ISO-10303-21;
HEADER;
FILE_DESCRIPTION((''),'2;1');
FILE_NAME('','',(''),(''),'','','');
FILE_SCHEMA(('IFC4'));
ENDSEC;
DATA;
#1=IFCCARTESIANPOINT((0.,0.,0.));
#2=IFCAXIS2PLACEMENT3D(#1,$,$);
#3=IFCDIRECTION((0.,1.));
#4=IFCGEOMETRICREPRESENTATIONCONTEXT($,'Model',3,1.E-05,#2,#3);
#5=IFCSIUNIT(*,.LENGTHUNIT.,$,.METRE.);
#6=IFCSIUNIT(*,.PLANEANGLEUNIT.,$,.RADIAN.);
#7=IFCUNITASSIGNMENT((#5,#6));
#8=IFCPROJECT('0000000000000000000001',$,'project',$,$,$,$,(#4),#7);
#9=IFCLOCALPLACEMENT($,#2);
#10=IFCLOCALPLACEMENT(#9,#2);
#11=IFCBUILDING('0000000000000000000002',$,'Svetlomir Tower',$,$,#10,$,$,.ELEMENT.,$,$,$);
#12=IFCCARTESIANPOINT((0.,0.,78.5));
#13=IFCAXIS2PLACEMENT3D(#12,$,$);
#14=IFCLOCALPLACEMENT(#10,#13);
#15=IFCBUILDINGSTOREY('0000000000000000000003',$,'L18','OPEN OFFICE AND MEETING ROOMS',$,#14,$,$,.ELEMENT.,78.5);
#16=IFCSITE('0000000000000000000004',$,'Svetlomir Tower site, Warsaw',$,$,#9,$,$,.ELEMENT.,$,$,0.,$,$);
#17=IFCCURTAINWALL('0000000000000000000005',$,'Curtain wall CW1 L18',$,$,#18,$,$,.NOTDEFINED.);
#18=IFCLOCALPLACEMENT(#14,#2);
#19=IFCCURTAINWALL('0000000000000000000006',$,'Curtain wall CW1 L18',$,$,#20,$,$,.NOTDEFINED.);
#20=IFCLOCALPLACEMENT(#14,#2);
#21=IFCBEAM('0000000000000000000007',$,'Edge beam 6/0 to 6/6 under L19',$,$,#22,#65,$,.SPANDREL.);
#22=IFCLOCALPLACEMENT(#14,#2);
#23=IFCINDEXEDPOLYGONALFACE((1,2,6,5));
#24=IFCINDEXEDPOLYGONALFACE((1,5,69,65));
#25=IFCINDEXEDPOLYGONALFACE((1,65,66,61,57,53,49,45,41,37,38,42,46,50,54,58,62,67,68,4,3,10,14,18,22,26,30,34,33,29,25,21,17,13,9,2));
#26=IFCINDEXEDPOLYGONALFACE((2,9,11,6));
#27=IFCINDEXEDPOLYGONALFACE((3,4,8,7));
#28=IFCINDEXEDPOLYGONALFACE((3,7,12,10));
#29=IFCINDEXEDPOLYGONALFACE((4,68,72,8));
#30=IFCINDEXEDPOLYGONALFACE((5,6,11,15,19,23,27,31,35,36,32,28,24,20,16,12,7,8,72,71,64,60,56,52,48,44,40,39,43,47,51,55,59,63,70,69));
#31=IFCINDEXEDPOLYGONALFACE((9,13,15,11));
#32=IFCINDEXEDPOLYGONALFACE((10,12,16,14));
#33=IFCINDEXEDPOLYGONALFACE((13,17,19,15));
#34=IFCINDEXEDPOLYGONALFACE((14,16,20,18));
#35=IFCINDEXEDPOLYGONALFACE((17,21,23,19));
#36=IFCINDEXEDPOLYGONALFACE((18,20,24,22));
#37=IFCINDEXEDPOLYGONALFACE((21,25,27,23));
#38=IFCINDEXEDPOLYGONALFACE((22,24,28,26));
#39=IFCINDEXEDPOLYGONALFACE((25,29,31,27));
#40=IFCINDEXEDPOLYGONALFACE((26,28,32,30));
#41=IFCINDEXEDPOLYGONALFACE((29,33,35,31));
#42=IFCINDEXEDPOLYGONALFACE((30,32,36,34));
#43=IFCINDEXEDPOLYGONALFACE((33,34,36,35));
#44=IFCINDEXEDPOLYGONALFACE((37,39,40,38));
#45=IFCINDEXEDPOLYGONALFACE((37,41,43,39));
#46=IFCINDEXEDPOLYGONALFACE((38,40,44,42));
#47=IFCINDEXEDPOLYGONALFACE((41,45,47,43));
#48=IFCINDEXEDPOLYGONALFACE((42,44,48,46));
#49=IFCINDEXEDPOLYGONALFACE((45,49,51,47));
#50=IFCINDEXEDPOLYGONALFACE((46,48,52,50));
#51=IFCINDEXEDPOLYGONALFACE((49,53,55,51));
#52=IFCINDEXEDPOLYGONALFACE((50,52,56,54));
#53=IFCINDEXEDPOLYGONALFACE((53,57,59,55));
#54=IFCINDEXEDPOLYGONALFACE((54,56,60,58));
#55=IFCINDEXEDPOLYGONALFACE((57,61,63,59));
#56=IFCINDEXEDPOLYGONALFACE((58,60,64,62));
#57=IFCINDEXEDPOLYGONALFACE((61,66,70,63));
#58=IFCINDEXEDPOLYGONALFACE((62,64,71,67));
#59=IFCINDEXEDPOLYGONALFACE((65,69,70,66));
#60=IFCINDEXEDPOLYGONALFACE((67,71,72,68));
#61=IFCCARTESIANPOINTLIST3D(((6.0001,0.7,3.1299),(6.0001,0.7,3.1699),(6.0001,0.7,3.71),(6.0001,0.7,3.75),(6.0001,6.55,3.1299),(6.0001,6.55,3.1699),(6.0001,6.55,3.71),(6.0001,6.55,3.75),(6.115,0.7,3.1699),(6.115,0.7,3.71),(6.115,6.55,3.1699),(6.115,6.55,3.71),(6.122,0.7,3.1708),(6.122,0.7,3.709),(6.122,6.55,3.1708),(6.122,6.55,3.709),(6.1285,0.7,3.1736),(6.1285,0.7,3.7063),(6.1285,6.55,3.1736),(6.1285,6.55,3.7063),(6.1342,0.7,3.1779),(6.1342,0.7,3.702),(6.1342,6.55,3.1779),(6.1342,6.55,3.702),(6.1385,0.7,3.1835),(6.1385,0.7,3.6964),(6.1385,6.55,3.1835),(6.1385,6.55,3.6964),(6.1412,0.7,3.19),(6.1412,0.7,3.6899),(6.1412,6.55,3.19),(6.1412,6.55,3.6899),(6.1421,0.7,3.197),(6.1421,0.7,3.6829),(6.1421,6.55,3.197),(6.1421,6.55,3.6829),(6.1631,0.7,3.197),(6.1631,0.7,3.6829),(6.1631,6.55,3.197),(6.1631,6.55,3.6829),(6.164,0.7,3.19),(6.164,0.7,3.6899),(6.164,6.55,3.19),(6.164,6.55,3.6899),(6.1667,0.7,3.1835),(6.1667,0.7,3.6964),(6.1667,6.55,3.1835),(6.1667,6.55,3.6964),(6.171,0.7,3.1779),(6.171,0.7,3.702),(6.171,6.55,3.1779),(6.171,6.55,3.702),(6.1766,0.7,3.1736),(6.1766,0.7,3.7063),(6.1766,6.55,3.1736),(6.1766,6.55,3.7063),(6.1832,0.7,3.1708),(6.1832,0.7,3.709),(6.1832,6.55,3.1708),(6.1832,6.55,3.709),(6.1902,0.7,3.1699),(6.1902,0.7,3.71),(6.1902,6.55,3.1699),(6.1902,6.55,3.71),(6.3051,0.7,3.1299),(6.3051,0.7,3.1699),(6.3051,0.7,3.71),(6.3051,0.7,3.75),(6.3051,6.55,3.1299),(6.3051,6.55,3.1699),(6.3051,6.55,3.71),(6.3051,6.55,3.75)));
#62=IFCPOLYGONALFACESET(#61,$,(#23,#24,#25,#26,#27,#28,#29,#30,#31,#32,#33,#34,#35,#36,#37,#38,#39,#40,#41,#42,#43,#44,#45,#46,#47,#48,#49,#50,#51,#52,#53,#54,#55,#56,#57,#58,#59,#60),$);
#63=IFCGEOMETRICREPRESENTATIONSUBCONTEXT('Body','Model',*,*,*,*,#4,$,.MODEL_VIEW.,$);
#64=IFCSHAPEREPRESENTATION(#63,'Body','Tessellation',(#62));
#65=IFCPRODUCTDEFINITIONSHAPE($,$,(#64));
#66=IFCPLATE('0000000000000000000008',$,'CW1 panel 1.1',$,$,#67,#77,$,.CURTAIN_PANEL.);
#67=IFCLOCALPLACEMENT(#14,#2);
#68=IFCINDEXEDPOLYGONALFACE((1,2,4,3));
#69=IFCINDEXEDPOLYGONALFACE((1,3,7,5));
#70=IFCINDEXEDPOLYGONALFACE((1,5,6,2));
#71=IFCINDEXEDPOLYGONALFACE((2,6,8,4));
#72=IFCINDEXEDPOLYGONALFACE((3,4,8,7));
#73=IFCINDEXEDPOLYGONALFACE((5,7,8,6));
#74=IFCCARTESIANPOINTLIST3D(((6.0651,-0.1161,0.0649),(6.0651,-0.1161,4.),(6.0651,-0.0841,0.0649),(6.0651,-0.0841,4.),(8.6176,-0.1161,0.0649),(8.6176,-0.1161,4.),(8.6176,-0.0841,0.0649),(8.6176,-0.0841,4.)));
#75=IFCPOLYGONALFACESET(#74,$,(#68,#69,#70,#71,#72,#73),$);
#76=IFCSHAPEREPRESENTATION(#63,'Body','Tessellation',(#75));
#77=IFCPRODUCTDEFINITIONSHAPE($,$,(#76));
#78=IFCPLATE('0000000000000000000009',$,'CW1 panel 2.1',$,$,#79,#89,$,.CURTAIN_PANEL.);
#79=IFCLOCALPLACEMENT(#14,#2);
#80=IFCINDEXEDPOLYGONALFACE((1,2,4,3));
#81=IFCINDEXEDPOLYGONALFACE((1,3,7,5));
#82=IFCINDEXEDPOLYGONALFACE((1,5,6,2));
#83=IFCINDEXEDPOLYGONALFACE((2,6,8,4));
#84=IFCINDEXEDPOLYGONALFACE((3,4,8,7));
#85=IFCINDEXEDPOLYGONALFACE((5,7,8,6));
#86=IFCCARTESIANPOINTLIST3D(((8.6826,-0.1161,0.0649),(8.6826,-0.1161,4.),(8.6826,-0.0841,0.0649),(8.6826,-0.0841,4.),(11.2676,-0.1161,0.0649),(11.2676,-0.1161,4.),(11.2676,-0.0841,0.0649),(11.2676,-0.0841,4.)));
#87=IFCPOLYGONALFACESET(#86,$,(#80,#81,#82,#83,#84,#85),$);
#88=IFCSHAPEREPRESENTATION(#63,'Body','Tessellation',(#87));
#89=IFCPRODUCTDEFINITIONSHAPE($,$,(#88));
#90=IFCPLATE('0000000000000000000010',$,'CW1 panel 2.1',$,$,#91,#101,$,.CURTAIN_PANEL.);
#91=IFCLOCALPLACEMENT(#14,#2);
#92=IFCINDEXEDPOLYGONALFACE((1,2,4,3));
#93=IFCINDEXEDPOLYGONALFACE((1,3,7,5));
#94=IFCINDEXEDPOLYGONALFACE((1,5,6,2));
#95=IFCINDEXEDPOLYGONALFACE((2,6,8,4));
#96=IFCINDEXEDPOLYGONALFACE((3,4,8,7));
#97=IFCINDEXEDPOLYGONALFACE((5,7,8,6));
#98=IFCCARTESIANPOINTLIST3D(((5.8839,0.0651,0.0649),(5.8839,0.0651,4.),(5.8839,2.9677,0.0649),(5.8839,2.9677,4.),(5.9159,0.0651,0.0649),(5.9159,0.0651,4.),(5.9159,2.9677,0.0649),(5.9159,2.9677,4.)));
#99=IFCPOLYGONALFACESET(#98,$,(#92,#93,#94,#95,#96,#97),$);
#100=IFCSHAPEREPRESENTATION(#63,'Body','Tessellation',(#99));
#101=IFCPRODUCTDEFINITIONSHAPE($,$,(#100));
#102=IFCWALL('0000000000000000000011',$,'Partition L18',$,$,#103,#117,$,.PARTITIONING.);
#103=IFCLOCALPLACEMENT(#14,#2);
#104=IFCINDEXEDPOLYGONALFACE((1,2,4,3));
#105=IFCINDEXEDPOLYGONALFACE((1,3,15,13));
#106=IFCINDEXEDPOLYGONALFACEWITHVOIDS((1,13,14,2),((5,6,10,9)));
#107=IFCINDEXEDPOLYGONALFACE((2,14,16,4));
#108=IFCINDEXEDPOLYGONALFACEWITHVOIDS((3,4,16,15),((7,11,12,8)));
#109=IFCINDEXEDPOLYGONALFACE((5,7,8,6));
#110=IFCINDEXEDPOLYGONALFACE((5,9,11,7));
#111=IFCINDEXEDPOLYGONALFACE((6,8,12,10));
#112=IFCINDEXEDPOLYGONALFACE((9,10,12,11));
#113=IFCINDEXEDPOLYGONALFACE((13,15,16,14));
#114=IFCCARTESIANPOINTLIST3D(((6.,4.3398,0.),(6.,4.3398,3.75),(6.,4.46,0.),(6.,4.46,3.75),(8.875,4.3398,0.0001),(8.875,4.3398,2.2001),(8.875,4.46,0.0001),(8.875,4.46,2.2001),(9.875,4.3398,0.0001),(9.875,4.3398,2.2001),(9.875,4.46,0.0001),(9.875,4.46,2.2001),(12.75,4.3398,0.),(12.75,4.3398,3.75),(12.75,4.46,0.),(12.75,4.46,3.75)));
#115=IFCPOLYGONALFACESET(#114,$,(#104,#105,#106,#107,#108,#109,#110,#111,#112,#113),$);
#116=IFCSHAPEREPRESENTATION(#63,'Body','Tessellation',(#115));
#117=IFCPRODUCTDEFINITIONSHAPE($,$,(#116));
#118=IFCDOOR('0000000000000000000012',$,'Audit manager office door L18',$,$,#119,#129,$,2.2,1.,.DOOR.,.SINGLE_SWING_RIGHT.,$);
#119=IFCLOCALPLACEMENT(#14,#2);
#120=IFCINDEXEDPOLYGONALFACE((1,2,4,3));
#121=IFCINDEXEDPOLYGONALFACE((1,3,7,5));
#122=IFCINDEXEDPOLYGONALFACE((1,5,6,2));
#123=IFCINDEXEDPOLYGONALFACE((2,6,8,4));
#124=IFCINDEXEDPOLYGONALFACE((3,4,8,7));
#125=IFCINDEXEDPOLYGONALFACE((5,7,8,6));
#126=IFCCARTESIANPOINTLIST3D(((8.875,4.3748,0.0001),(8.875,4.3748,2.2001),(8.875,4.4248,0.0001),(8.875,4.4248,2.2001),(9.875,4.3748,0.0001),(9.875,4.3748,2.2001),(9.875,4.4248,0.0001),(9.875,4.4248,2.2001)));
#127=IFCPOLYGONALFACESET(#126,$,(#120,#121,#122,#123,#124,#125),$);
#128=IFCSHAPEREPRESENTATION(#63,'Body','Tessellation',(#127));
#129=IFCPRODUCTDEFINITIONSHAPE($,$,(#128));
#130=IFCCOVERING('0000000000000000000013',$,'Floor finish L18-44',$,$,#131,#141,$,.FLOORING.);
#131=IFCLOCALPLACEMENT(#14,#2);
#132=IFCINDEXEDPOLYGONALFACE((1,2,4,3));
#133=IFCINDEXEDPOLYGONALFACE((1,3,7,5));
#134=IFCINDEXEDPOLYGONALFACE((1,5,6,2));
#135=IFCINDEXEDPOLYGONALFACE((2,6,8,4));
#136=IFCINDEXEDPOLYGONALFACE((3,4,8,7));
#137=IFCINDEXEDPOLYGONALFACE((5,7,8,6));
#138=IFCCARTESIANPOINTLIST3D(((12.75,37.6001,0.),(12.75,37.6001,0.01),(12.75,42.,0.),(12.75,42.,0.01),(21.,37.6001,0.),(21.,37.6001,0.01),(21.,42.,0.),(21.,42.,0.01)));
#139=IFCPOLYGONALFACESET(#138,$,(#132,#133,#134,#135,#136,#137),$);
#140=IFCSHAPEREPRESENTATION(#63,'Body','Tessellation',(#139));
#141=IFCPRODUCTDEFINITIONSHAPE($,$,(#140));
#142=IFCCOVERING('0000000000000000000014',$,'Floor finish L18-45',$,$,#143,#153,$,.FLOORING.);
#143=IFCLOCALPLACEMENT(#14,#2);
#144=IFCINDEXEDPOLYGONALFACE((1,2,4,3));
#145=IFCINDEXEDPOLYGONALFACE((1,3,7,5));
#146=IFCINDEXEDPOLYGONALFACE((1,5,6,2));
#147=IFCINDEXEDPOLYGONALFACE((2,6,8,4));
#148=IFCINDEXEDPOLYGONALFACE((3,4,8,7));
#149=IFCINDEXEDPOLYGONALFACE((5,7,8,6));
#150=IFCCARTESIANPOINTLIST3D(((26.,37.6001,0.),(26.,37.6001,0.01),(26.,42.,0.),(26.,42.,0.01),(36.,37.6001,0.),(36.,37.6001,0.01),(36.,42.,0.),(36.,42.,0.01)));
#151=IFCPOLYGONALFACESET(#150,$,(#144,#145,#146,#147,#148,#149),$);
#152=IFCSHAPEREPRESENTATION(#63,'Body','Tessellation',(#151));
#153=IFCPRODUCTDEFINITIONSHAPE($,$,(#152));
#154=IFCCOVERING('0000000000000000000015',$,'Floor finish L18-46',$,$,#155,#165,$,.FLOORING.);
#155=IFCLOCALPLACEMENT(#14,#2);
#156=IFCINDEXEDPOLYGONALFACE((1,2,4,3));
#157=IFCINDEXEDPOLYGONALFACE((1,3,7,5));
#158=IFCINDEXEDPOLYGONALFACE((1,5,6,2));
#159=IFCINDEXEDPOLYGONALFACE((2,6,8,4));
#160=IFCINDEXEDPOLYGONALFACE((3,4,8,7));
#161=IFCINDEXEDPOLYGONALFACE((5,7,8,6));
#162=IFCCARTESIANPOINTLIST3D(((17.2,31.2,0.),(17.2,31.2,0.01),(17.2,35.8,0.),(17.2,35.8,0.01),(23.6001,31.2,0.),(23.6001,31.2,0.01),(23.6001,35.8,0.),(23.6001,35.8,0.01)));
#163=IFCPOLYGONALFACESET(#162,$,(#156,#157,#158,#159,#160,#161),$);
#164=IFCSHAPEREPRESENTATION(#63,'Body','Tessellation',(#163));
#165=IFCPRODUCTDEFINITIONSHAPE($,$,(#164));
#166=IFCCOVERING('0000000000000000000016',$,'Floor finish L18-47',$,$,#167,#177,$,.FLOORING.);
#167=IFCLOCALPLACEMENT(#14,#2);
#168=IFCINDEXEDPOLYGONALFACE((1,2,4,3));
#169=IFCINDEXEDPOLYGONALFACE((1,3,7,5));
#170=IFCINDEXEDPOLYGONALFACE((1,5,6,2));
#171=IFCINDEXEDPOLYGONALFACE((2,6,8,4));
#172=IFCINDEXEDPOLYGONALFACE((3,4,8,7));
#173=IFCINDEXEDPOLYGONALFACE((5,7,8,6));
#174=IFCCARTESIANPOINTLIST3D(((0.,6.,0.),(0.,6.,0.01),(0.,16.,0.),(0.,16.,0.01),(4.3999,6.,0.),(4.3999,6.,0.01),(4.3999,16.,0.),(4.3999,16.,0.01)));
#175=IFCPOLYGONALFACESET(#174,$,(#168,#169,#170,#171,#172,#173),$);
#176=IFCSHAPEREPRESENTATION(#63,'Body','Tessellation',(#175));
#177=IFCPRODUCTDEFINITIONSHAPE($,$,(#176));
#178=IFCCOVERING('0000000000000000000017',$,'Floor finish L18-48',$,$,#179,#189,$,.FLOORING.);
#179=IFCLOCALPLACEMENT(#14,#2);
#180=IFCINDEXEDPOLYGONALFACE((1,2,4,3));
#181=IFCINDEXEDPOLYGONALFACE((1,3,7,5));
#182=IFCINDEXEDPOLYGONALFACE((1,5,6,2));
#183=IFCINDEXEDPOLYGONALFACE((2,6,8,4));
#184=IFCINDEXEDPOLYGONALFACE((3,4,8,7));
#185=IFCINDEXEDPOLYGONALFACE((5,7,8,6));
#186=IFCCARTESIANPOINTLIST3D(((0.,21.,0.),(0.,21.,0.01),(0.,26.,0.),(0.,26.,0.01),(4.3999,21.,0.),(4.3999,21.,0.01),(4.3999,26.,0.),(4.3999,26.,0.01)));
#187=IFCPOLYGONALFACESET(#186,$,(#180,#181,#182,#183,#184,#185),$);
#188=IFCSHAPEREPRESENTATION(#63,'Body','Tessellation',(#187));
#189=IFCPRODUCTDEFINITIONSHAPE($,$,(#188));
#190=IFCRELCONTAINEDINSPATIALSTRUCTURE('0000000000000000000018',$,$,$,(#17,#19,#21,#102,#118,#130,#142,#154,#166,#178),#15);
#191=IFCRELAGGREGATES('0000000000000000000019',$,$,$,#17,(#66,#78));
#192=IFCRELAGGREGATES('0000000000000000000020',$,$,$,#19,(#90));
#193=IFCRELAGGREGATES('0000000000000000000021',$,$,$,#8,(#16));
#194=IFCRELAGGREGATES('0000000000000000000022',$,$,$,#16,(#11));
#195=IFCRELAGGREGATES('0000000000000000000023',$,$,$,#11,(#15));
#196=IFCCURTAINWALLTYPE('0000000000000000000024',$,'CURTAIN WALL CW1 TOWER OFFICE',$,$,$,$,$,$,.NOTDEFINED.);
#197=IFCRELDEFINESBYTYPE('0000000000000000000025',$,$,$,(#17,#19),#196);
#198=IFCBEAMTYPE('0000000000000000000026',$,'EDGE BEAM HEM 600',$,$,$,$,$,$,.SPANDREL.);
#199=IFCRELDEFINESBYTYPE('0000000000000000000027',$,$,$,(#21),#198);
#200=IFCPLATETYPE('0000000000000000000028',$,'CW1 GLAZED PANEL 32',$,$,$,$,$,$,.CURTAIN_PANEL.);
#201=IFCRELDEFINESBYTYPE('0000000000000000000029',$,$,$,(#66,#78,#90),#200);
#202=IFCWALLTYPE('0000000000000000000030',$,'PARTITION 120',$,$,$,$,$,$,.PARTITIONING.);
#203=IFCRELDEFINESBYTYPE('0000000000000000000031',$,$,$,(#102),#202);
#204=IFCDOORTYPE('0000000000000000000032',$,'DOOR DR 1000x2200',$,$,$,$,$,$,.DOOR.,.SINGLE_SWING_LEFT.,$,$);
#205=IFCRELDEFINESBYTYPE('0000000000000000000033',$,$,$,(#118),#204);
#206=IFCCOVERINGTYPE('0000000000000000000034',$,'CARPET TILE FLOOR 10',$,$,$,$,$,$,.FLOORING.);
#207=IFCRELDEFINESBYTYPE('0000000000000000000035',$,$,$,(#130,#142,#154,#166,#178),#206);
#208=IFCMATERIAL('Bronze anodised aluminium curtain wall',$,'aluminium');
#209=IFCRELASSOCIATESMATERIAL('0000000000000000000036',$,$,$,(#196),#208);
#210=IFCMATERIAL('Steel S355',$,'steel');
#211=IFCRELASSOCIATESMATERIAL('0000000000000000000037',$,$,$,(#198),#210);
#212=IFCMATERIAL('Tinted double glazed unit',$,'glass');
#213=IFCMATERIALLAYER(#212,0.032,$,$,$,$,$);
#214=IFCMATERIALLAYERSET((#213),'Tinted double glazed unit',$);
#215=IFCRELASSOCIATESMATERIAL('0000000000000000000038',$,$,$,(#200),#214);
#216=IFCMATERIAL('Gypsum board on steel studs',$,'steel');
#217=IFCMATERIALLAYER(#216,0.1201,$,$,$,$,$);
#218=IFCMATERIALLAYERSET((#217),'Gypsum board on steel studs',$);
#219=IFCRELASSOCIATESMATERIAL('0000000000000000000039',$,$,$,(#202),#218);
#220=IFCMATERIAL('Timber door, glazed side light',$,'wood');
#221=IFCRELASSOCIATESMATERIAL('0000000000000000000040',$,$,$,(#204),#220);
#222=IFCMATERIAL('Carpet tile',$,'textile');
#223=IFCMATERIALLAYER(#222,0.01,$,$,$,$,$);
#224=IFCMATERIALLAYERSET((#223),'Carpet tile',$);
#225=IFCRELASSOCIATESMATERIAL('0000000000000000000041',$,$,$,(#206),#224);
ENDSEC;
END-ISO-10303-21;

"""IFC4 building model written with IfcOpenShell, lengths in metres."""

from ifc_helpers import new_model, si_unit, direction, frame, frame_2d, origin, origin_2d, place, context, subcontext, project, spatial, polyline, rectangle, i_section, outline, extrude, material, layer, layer_set, material_profile, profile_set, type_object, element, fill, aggregate, save


model = new_model("IFC4")

# Units and contexts
model_context = context("Model", 3, precision=1e-05, world=origin(), true_north=direction((0.0, 1.0)))
body_context = subcontext(model_context, "Body", "Model", "MODEL_VIEW")
ifc_project = project(units=[si_unit("LENGTHUNIT", "METRE"), si_unit("PLANEANGLEUNIT", "RADIAN")], contexts=[model_context])

# Site, building, storey
site_placement = place(None, origin())
site = spatial("IfcSite", under=ifc_project, at=site_placement, Name="Svetlomir Tower site, Warsaw", CompositionType="ELEMENT", RefElevation=0.0)
building_placement = place(site_placement, origin())
building = spatial("IfcBuilding", under=site, at=building_placement, Name="Svetlomir Tower", CompositionType="ELEMENT")
storey_placement = place(building_placement, frame((0.0, 0.0, 78.5)))
storey = spatial("IfcBuildingStorey", under=building, at=storey_placement, Name="L18", Description="OPEN OFFICE AND MEETING ROOMS", CompositionType="ELEMENT", Elevation=78.5)

# Curtain walls
ifc_material_1 = material(Name="Bronze anodised aluminium curtain wall", Category="aluminium")
curtain_wall_type = type_object("IfcCurtainWallType", Name="CURTAIN WALL CW1 TOWER OFFICE", PredefinedType="NOTDEFINED", material=ifc_material_1)
curtain_wall_1_placement = place(storey_placement, origin())
curtain_wall_1 = element("IfcCurtainWall", 1, at=curtain_wall_1_placement, inside=storey, type_object=curtain_wall_type, Name="Curtain wall CW1 L18", PredefinedType="NOTDEFINED")
curtain_wall_2_placement = place(storey_placement, origin())
curtain_wall_2 = element("IfcCurtainWall", 2, at=curtain_wall_2_placement, inside=storey, type_object=curtain_wall_type, Name="Curtain wall CW1 L18", PredefinedType="NOTDEFINED")

# Beam
ifc_material_2 = material(Name="Steel S355", Category="steel")
ifc_material_profile_1 = material_profile(ifc_material_2, i_section(OverallWidth=0.3049, OverallDepth=0.6201, WebThickness=0.021, FlangeThickness=0.04, FilletRadius=0.0271, at=origin_2d()), Name="HEM 600")
ifc_profile_set_1 = profile_set([ifc_material_profile_1], Name="Steel S355")
beam_type = type_object("IfcBeamType", Name="EDGE BEAM HEM 600", PredefinedType="SPANDREL", material=ifc_profile_set_1)
beam_1_placement = place(storey_placement, frame((6.1526, 0.7, 3.4399), z_axis=(0.0, 1.0, 0.0), x_axis=(-1.0, 0.0, 0.0)))
element("IfcBeam", 3, at=beam_1_placement, inside=storey, type_object=beam_type, Name="Edge beam 6/0 to 6/6 under L19", PredefinedType="SPANDREL", context=body_context, shape_type="SweptSolid", body=[
    extrude(i_section(OverallWidth=0.3049, OverallDepth=0.6201, WebThickness=0.021, FlangeThickness=0.04, FilletRadius=0.0271, at=origin_2d()), origin(), (0.0, 0.0, 1.0), 5.8501),
])

# Plates
ifc_material_3 = material(Name="Tinted double glazed unit", Category="glass")
ifc_layer_1 = layer(ifc_material_3, 0.032)
ifc_layer_set_1 = layer_set([ifc_layer_1], Name="Tinted double glazed unit")
plate_type = type_object("IfcPlateType", Name="CW1 GLAZED PANEL 32", PredefinedType="CURTAIN_PANEL", material=ifc_layer_set_1)
plate_1_placement = place(storey_placement, frame((7.3413, -0.1001, 0.0649), z_axis=(0.0, 0.0, 1.0), x_axis=(1.0, 0.0, 0.0)))
plate_1 = element("IfcPlate", 4, at=plate_1_placement, type_object=plate_type, Name="CW1 panel 1.1", PredefinedType="CURTAIN_PANEL", context=body_context, shape_type="SweptSolid", body=[
    extrude(rectangle(XDim=2.5525, YDim=0.032, at=origin_2d()), origin(), (0.0, 0.0, 1.0), 3.9351),
])
plate_2_placement = place(storey_placement, frame((9.9751, -0.1001, 0.0649), z_axis=(0.0, 0.0, 1.0), x_axis=(1.0, 0.0, 0.0)))
plate_2 = element("IfcPlate", 5, at=plate_2_placement, type_object=plate_type, Name="CW1 panel 2.1", PredefinedType="CURTAIN_PANEL", context=body_context, shape_type="SweptSolid", body=[
    extrude(rectangle(XDim=2.585, YDim=0.032, at=origin_2d()), origin(), (0.0, 0.0, 1.0), 3.9351),
])
aggregate(curtain_wall_1, [plate_1, plate_2])
plate_3_placement = place(storey_placement, frame((5.8999, 1.5164, 0.0649), z_axis=(0.0, 0.0, 1.0), x_axis=(0.0, -1.0, 0.0)))
plate_3 = element("IfcPlate", 6, at=plate_3_placement, type_object=plate_type, Name="CW1 panel 2.1", PredefinedType="CURTAIN_PANEL", context=body_context, shape_type="SweptSolid", body=[
    extrude(rectangle(XDim=2.9026, YDim=0.032, at=origin_2d()), origin(), (0.0, 0.0, 1.0), 3.9351),
])
aggregate(curtain_wall_2, [plate_3])

# Wall, opening, door
ifc_material_4 = material(Name="Gypsum board on steel studs", Category="steel")
ifc_layer_2 = layer(ifc_material_4, 0.1201)
ifc_layer_set_2 = layer_set([ifc_layer_2], Name="Gypsum board on steel studs")
wall_type = type_object("IfcWallType", Name="PARTITION 120", PredefinedType="PARTITIONING", material=ifc_layer_set_2)
wall_placement = place(storey_placement, frame((6.0, 4.3999, 0.0), z_axis=(0.0, 0.0, 1.0), x_axis=(1.0, 0.0, 0.0)))
wall = element("IfcWall", 7, at=wall_placement, inside=storey, type_object=wall_type, Name="Partition L18", PredefinedType="PARTITIONING", context=body_context, shape_type="SweptSolid", body=[
    extrude(rectangle(XDim=6.75, YDim=0.1201, at=frame_2d((3.375, 0.0))), origin(), (0.0, 0.0, 1.0), 3.75),
])
opening_placement = place(wall_placement, frame((2.875, 0.0, 0.0)))
opening = element("IfcOpeningElement", 8, at=opening_placement, cuts=wall, PredefinedType="OPENING", context=body_context, shape_type="SweptSolid", body=[
    extrude(rectangle(XDim=1.0, YDim=2.2, at=frame_2d((0.5, 1.1001))), frame((0.0, 0.0701, 0.0), z_axis=(0.0, -1.0, 0.0), x_axis=(1.0, 0.0, 0.0)), (0.0, 0.0, 1.0), 0.1401),
])
ifc_material_5 = material(Name="Timber door, glazed side light", Category="wood")
door_type = type_object("IfcDoorType", Name="DOOR DR 1000x2200", OperationType="SINGLE_SWING_LEFT", PredefinedType="DOOR", material=ifc_material_5)
door_placement = place(opening_placement, origin())
door = element("IfcDoor", 9, at=door_placement, inside=storey, type_object=door_type, Name="Audit manager office door L18", OperationType="SINGLE_SWING_RIGHT", OverallHeight=2.2, OverallWidth=1.0, PredefinedType="DOOR", context=body_context, shape_type="SweptSolid", body=[
    extrude(rectangle(XDim=1.0, YDim=2.2, at=frame_2d((0.5, 1.1001))), frame((0.0, 0.0249, 0.0), z_axis=(0.0, -1.0, 0.0), x_axis=(1.0, 0.0, 0.0)), (0.0, 0.0, 1.0), 0.05),
])
fill(opening, door)

# Coverings
ifc_material_6 = material(Name="Carpet tile", Category="textile")
ifc_layer_3 = layer(ifc_material_6, 0.01)
ifc_layer_set_3 = layer_set([ifc_layer_3], Name="Carpet tile")
covering_type_1 = type_object("IfcCoveringType", Name="CARPET TILE FLOOR 10", PredefinedType="FLOORING", material=ifc_layer_set_3)
covering_1_placement = place(storey_placement, origin())
element("IfcCovering", 10, at=covering_1_placement, inside=storey, type_object=covering_type_1, Name="Floor finish L18-44", PredefinedType="FLOORING", context=body_context, shape_type="SweptSolid", body=[
    extrude(outline(polyline([(12.75, 37.6001), (12.75, 42.0), (21.0, 42.0), (21.0, 37.6001), (12.75, 37.6001)])), origin(), (0.0, 0.0, 1.0), 0.01),
])
covering_2_placement = place(storey_placement, origin())
element("IfcCovering", 11, at=covering_2_placement, inside=storey, type_object=covering_type_1, Name="Floor finish L18-45", PredefinedType="FLOORING", context=body_context, shape_type="SweptSolid", body=[
    extrude(outline(polyline([(26.0, 37.6001), (26.0, 42.0), (36.0, 42.0), (36.0, 37.6001), (26.0, 37.6001)])), origin(), (0.0, 0.0, 1.0), 0.01),
])
covering_3_placement = place(storey_placement, origin())
element("IfcCovering", 12, at=covering_3_placement, inside=storey, type_object=covering_type_1, Name="Floor finish L18-46", PredefinedType="FLOORING", context=body_context, shape_type="SweptSolid", body=[
    extrude(outline(polyline([(17.2, 31.2), (17.2, 35.8), (23.6001, 35.8), (23.6001, 31.2), (17.2, 31.2)])), origin(), (0.0, 0.0, 1.0), 0.01),
])
covering_4_placement = place(storey_placement, origin())
element("IfcCovering", 13, at=covering_4_placement, inside=storey, type_object=covering_type_1, Name="Floor finish L18-47", PredefinedType="FLOORING", context=body_context, shape_type="SweptSolid", body=[
    extrude(outline(polyline([(0.0, 16.0), (4.3999, 16.0), (4.3999, 6.0), (0.0, 6.0), (0.0, 16.0)])), origin(), (0.0, 0.0, 1.0), 0.01),
])
covering_5_placement = place(storey_placement, origin())
element("IfcCovering", 14, at=covering_5_placement, inside=storey, type_object=covering_type_1, Name="Floor finish L18-48", PredefinedType="FLOORING", context=body_context, shape_type="SweptSolid", body=[
    extrude(outline(polyline([(0.0, 26.0), (4.3999, 26.0), (4.3999, 21.0), (0.0, 21.0), (0.0, 26.0)])), origin(), (0.0, 0.0, 1.0), 0.01),
])

save(model, "model.ifc")
